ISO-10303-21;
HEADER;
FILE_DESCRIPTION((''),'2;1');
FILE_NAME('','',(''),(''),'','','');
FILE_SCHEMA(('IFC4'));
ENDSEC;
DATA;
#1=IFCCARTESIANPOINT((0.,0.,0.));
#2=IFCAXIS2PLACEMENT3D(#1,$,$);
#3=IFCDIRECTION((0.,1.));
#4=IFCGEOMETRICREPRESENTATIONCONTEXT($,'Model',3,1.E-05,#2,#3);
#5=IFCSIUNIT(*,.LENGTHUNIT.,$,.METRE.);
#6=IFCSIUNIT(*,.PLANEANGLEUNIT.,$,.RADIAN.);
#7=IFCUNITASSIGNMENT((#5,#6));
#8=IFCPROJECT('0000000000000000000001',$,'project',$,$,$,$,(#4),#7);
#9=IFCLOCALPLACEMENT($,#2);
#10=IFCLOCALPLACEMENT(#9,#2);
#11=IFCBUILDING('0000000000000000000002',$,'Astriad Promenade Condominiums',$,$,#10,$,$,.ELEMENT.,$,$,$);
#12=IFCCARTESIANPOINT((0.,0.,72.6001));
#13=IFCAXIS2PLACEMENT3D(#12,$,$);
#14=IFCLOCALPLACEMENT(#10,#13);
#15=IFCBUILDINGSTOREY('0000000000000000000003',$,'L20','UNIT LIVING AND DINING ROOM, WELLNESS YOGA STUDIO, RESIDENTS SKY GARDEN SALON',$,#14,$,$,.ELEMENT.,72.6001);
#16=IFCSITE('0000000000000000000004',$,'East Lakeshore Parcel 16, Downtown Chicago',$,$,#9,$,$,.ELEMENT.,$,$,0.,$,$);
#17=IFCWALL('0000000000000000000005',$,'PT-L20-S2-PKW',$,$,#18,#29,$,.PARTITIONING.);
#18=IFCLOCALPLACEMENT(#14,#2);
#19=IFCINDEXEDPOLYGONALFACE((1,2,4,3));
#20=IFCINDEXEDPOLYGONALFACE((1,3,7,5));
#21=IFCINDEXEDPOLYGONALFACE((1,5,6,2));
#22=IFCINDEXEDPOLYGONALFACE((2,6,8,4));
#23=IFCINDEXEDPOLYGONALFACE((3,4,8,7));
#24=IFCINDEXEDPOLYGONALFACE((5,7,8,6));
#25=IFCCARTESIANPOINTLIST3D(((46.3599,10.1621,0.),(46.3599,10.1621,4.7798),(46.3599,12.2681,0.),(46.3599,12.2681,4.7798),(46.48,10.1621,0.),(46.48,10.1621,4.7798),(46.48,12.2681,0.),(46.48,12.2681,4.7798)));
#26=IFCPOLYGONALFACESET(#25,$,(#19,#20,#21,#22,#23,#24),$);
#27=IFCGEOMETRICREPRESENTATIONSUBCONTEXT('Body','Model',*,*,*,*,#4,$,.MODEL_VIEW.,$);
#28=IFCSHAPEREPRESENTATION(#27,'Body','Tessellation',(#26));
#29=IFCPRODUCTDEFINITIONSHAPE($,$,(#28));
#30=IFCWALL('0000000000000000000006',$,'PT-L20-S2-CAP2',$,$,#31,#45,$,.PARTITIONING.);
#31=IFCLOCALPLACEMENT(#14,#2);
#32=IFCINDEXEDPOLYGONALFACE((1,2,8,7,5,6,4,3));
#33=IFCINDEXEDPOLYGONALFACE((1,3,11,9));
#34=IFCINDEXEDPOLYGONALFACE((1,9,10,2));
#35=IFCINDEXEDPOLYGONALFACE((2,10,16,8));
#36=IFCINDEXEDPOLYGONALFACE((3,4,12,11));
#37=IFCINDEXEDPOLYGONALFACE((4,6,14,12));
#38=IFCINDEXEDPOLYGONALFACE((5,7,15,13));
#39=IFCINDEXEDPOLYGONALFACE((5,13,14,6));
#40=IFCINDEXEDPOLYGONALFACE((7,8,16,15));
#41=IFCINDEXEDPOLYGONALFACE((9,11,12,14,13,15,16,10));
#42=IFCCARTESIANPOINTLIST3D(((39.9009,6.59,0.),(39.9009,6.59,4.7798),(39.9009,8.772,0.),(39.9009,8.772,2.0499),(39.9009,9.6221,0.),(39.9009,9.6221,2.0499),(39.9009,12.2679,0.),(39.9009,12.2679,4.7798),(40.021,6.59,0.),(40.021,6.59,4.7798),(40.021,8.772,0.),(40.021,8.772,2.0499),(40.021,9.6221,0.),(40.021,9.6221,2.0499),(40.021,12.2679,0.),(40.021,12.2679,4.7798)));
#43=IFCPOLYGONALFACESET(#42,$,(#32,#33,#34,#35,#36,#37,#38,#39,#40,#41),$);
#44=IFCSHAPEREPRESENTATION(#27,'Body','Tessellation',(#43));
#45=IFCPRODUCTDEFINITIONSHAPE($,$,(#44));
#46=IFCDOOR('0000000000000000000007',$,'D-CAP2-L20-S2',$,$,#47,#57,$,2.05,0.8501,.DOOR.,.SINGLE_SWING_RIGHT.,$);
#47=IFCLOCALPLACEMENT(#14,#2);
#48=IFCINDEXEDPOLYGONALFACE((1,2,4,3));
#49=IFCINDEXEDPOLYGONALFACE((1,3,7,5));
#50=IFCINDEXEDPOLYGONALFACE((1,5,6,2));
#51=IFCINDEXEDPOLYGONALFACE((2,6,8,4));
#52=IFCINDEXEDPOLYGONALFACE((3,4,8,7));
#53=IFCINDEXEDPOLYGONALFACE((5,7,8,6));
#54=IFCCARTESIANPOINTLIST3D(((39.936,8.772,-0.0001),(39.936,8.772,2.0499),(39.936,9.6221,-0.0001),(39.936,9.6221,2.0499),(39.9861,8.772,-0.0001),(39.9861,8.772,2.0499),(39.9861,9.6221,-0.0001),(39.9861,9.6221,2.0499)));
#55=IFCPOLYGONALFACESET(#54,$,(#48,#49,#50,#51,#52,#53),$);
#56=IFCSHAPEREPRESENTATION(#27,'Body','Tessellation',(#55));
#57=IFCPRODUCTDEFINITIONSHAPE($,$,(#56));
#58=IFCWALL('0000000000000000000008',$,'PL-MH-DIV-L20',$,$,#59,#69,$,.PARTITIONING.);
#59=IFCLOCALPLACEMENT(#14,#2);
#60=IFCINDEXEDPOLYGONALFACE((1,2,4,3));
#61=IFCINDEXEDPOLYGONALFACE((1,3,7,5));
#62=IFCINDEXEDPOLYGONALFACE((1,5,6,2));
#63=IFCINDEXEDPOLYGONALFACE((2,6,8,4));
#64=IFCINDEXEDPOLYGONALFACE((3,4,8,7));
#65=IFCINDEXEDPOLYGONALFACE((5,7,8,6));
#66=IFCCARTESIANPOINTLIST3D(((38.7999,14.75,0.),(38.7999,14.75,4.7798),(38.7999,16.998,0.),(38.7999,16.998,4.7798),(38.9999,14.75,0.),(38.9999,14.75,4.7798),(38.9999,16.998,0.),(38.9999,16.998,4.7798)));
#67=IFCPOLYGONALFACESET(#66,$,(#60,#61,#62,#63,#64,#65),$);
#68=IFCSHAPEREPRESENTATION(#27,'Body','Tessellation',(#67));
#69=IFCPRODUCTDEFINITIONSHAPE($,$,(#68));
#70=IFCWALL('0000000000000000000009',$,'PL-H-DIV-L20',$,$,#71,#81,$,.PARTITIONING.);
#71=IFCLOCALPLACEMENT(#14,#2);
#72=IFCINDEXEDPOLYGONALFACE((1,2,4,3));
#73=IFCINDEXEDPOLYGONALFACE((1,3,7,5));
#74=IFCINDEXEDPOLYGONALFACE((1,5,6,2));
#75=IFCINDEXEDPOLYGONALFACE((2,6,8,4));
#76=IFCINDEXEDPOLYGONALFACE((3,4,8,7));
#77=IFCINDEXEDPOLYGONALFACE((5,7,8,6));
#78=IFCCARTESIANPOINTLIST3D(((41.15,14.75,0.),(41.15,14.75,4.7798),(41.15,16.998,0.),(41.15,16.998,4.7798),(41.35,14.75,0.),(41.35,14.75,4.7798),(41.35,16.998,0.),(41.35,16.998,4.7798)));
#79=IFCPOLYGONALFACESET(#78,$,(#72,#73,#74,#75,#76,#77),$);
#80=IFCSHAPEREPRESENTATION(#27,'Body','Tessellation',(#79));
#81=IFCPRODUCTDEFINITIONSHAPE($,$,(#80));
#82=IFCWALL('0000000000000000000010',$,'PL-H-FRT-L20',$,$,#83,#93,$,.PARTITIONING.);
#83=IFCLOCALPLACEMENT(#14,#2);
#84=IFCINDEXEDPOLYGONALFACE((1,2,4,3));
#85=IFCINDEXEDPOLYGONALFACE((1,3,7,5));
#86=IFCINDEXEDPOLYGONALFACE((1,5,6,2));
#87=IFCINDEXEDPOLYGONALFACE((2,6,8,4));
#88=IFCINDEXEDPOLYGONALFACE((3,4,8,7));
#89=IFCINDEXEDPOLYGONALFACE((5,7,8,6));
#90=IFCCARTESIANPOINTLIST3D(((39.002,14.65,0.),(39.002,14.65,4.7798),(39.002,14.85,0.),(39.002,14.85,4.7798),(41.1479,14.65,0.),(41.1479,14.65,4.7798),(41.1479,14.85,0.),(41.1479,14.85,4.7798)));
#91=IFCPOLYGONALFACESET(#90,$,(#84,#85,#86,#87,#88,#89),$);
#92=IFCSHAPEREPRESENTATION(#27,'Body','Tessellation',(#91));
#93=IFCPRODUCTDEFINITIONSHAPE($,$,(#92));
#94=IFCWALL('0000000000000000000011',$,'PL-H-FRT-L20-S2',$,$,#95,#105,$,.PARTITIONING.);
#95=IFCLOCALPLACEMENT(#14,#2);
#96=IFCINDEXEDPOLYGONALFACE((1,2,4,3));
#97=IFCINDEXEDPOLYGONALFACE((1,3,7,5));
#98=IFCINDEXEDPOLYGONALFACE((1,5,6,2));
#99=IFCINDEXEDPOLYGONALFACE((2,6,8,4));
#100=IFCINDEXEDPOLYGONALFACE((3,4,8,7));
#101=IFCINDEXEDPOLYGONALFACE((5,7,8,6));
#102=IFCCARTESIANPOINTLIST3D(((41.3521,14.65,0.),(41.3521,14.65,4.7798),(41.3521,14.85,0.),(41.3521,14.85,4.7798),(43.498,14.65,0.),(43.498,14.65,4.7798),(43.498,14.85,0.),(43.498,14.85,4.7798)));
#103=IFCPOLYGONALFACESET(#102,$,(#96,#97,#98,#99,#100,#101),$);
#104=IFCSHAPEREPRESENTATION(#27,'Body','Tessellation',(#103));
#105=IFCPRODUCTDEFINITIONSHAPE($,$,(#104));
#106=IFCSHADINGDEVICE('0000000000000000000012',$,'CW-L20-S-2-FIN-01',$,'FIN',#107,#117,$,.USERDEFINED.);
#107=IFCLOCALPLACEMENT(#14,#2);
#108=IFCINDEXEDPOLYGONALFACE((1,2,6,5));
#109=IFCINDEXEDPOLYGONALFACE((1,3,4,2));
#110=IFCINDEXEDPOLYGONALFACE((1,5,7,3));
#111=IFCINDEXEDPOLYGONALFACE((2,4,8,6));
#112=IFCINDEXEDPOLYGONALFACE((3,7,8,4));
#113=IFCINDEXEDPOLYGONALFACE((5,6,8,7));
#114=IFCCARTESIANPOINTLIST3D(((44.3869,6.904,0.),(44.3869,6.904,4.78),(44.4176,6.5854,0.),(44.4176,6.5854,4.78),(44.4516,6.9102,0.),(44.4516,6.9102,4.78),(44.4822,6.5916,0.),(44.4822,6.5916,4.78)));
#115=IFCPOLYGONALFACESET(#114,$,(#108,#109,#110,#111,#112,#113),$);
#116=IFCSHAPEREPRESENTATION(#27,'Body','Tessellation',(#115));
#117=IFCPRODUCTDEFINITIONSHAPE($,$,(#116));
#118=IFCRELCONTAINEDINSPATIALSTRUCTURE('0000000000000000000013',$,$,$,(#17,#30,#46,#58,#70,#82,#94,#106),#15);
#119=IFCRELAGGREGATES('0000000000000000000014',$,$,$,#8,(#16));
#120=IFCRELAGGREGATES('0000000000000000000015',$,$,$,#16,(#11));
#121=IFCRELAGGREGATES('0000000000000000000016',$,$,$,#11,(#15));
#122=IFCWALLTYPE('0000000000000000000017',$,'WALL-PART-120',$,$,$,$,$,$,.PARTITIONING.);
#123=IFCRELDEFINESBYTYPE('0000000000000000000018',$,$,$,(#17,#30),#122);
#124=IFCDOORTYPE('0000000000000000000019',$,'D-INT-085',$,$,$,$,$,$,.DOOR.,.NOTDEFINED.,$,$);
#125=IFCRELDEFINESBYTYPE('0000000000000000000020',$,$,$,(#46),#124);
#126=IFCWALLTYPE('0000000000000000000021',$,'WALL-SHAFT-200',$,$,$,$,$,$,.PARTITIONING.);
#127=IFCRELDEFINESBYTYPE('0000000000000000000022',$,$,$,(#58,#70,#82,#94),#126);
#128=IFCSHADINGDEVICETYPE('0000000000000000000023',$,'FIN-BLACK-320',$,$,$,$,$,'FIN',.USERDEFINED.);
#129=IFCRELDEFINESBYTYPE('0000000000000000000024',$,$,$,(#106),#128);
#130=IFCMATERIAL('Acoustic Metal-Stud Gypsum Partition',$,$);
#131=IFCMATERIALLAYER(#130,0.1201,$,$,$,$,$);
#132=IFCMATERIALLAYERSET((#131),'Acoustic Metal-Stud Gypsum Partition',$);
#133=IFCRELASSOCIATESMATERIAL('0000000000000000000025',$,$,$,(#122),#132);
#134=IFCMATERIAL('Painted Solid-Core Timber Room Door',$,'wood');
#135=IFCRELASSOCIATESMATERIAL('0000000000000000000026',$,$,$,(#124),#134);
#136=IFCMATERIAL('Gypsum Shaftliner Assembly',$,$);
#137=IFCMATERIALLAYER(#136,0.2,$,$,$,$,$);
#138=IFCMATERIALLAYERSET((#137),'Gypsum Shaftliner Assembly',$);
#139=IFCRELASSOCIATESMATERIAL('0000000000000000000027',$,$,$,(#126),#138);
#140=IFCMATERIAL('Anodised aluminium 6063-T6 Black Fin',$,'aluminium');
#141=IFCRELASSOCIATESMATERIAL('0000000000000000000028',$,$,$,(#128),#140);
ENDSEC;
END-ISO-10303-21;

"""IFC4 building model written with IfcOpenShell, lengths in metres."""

from ifc_helpers import new_model, si_unit, direction, frame, frame_2d, origin, origin_2d, place, context, subcontext, project, spatial, rectangle, extrude, source, transform, mapped, material, layer, layer_set, type_object, type_shapes, element, fill, save


model = new_model("IFC4")

# Units and contexts
model_context = context("Model", 3, precision=1e-05, world=origin(), true_north=direction((0.0, 1.0)))
body_context = subcontext(model_context, "Body", "Model", "MODEL_VIEW")
ifc_project = project(units=[si_unit("LENGTHUNIT", "METRE"), si_unit("PLANEANGLEUNIT", "RADIAN")], contexts=[model_context])

# Site, building, storey
site_placement = place(None, origin())
site = spatial("IfcSite", under=ifc_project, at=site_placement, Name="East Lakeshore Parcel 16, Downtown Chicago", CompositionType="ELEMENT", RefElevation=0.0)
building_placement = place(site_placement, origin())
building = spatial("IfcBuilding", under=site, at=building_placement, Name="Astriad Promenade Condominiums", CompositionType="ELEMENT")
storey_placement = place(building_placement, frame((0.0, 0.0, 72.6001)))
storey = spatial("IfcBuildingStorey", under=building, at=storey_placement, Name="L20", Description="UNIT LIVING AND DINING ROOM, WELLNESS YOGA STUDIO, RESIDENTS SKY GARDEN SALON", CompositionType="ELEMENT", Elevation=72.6001)

# Shared definitions
ifc_material_1 = material(Name="Acoustic Metal-Stud Gypsum Partition")
ifc_layer_1 = layer(ifc_material_1, 0.1201)
ifc_layer_set_1 = layer_set([ifc_layer_1], Name="Acoustic Metal-Stud Gypsum Partition")
wall_type_1 = type_object("IfcWallType", Name="WALL-PART-120", PredefinedType="PARTITIONING", material=ifc_layer_set_1)
ifc_material_2 = material(Name="Painted Solid-Core Timber Room Door", Category="wood")
door_type_1 = type_object("IfcDoorType", Name="D-INT-085", OperationType="NOTDEFINED", PredefinedType="DOOR", material=ifc_material_2)
shared_shape_1 = source(origin(), body_context, "Body", "SweptSolid", [
    extrude(rectangle(XDim=0.8501, YDim=2.05, at=frame_2d((0.425, 1.0249))), frame((0.0, 0.0249, 0.0), z_axis=(0.0, -1.0, 0.0), x_axis=(1.0, 0.0, 0.0)), (0.0, 0.0, 1.0), 0.05),
])
type_shapes(door_type_1, [shared_shape_1])

# Wall
wall_1_placement = place(storey_placement, frame((46.4199, 10.1621, 0.0), z_axis=(0.0, 0.0, 1.0), x_axis=(0.0, 1.0, 0.0)))
element("IfcWall", 1, at=wall_1_placement, inside=storey, type_object=wall_type_1, Name="PT-L20-S2-PKW", PredefinedType="PARTITIONING", context=body_context, shape_type="SweptSolid", body=[
    extrude(rectangle(XDim=2.106, YDim=0.1201, at=frame_2d((1.053, 0.0))), origin(), (0.0, 0.0, 1.0), 4.7798),
])

# Wall, opening, door
wall_2_placement = place(storey_placement, frame((39.9609, 6.5901, 0.0), z_axis=(0.0, 0.0, 1.0), x_axis=(0.0, 1.0, 0.0)))
wall_2 = element("IfcWall", 2, at=wall_2_placement, inside=storey, type_object=wall_type_1, Name="PT-L20-S2-CAP2", PredefinedType="PARTITIONING", context=body_context, shape_type="SweptSolid", body=[
    extrude(rectangle(XDim=5.678, YDim=0.1201, at=frame_2d((2.8389, 0.0))), origin(), (0.0, 0.0, 1.0), 4.7798),
])
opening_1_placement = place(wall_2_placement, frame((2.1819, 0.0, 0.0)))
opening_1 = element("IfcOpeningElement", 3, at=opening_1_placement, cuts=wall_2, PredefinedType="OPENING", context=body_context, shape_type="SweptSolid", body=[
    extrude(rectangle(XDim=0.8501, YDim=2.05, at=frame_2d((0.425, 1.0249))), frame((0.0, 0.0701, 0.0), z_axis=(0.0, -1.0, 0.0), x_axis=(1.0, 0.0, 0.0)), (0.0, 0.0, 1.0), 0.1401),
])
door_1_placement = place(opening_1_placement, origin())
door_1 = element("IfcDoor", 4, at=door_1_placement, inside=storey, type_object=door_type_1, Name="D-CAP2-L20-S2", OperationType="SINGLE_SWING_RIGHT", OverallHeight=2.05, OverallWidth=0.8501, PredefinedType="DOOR", context=body_context, shape_type="MappedRepresentation", body=[
    mapped(shared_shape_1, transform((0.0, 0.0, 0.0), scale=1.0)),
])
fill(opening_1, door_1)

# Walls
ifc_material_3 = material(Name="Gypsum Shaftliner Assembly")
ifc_layer_2 = layer(ifc_material_3, 0.2)
ifc_layer_set_2 = layer_set([ifc_layer_2], Name="Gypsum Shaftliner Assembly")
wall_type_2 = type_object("IfcWallType", Name="WALL-SHAFT-200", PredefinedType="PARTITIONING", material=ifc_layer_set_2)
for number, where, z_axis, x_axis, name in (
    (5, (38.8999, 14.75, 0.0), (0.0, 0.0, 1.0), (0.0, 1.0, 0.0), "PL-MH-DIV-L20"),
    (6, (41.25, 14.75, 0.0), (0.0, 0.0, 1.0), (0.0, 1.0, 0.0), "PL-H-DIV-L20"),
):
    element("IfcWall", number, at=place(storey_placement, frame(where, z_axis=z_axis, x_axis=x_axis)), inside=storey, type_object=wall_type_2, Name=name, PredefinedType="PARTITIONING", context=body_context, shape_type="SweptSolid", body=[
        extrude(rectangle(XDim=2.248, YDim=0.2, at=frame_2d((1.124, 0.0))), origin(), (0.0, 0.0, 1.0), 4.7798),
    ])
for number, where, z_axis, x_axis, name in (
    (7, (39.002, 14.75, 0.0), (0.0, 0.0, 1.0), (1.0, 0.0, 0.0), "PL-H-FRT-L20"),
    (8, (41.3521, 14.75, 0.0), (0.0, 0.0, 1.0), (1.0, 0.0, 0.0), "PL-H-FRT-L20-S2"),
):
    element("IfcWall", number, at=place(storey_placement, frame(where, z_axis=z_axis, x_axis=x_axis)), inside=storey, type_object=wall_type_2, Name=name, PredefinedType="PARTITIONING", context=body_context, shape_type="SweptSolid", body=[
        extrude(rectangle(XDim=2.146, YDim=0.2, at=frame_2d((1.073, 0.0))), origin(), (0.0, 0.0, 1.0), 4.7798),
    ])

# Shading device
ifc_material_4 = material(Name="Anodised aluminium 6063-T6 Black Fin", Category="aluminium")
shading_device_type = type_object("IfcShadingDeviceType", Name="FIN-BLACK-320", ElementType="FIN", PredefinedType="USERDEFINED", material=ifc_material_4)
shared_shape_2 = source(origin(), body_context, "Body", "SweptSolid", [
    extrude(rectangle(XDim=0.0649, YDim=0.3201, at=origin_2d()), origin(), (0.0, 0.0, 1.0), 4.78),
])
type_shapes(shading_device_type, [shared_shape_2])
shading_device_placement = place(storey_placement, frame((44.4346, 6.7478, 0.0), z_axis=(0.0, 0.0, 1.0), x_axis=(-0.995396, -0.095846, 0.0)))
element("IfcShadingDevice", 9, at=shading_device_placement, inside=storey, type_object=shading_device_type, Name="CW-L20-S-2-FIN-01", ObjectType="FIN", PredefinedType="USERDEFINED", context=body_context, shape_type="MappedRepresentation", body=[
    mapped(shared_shape_2, transform((0.0, 0.0, 0.0), scale=1.0)),
])

save(model, "model.ifc")
